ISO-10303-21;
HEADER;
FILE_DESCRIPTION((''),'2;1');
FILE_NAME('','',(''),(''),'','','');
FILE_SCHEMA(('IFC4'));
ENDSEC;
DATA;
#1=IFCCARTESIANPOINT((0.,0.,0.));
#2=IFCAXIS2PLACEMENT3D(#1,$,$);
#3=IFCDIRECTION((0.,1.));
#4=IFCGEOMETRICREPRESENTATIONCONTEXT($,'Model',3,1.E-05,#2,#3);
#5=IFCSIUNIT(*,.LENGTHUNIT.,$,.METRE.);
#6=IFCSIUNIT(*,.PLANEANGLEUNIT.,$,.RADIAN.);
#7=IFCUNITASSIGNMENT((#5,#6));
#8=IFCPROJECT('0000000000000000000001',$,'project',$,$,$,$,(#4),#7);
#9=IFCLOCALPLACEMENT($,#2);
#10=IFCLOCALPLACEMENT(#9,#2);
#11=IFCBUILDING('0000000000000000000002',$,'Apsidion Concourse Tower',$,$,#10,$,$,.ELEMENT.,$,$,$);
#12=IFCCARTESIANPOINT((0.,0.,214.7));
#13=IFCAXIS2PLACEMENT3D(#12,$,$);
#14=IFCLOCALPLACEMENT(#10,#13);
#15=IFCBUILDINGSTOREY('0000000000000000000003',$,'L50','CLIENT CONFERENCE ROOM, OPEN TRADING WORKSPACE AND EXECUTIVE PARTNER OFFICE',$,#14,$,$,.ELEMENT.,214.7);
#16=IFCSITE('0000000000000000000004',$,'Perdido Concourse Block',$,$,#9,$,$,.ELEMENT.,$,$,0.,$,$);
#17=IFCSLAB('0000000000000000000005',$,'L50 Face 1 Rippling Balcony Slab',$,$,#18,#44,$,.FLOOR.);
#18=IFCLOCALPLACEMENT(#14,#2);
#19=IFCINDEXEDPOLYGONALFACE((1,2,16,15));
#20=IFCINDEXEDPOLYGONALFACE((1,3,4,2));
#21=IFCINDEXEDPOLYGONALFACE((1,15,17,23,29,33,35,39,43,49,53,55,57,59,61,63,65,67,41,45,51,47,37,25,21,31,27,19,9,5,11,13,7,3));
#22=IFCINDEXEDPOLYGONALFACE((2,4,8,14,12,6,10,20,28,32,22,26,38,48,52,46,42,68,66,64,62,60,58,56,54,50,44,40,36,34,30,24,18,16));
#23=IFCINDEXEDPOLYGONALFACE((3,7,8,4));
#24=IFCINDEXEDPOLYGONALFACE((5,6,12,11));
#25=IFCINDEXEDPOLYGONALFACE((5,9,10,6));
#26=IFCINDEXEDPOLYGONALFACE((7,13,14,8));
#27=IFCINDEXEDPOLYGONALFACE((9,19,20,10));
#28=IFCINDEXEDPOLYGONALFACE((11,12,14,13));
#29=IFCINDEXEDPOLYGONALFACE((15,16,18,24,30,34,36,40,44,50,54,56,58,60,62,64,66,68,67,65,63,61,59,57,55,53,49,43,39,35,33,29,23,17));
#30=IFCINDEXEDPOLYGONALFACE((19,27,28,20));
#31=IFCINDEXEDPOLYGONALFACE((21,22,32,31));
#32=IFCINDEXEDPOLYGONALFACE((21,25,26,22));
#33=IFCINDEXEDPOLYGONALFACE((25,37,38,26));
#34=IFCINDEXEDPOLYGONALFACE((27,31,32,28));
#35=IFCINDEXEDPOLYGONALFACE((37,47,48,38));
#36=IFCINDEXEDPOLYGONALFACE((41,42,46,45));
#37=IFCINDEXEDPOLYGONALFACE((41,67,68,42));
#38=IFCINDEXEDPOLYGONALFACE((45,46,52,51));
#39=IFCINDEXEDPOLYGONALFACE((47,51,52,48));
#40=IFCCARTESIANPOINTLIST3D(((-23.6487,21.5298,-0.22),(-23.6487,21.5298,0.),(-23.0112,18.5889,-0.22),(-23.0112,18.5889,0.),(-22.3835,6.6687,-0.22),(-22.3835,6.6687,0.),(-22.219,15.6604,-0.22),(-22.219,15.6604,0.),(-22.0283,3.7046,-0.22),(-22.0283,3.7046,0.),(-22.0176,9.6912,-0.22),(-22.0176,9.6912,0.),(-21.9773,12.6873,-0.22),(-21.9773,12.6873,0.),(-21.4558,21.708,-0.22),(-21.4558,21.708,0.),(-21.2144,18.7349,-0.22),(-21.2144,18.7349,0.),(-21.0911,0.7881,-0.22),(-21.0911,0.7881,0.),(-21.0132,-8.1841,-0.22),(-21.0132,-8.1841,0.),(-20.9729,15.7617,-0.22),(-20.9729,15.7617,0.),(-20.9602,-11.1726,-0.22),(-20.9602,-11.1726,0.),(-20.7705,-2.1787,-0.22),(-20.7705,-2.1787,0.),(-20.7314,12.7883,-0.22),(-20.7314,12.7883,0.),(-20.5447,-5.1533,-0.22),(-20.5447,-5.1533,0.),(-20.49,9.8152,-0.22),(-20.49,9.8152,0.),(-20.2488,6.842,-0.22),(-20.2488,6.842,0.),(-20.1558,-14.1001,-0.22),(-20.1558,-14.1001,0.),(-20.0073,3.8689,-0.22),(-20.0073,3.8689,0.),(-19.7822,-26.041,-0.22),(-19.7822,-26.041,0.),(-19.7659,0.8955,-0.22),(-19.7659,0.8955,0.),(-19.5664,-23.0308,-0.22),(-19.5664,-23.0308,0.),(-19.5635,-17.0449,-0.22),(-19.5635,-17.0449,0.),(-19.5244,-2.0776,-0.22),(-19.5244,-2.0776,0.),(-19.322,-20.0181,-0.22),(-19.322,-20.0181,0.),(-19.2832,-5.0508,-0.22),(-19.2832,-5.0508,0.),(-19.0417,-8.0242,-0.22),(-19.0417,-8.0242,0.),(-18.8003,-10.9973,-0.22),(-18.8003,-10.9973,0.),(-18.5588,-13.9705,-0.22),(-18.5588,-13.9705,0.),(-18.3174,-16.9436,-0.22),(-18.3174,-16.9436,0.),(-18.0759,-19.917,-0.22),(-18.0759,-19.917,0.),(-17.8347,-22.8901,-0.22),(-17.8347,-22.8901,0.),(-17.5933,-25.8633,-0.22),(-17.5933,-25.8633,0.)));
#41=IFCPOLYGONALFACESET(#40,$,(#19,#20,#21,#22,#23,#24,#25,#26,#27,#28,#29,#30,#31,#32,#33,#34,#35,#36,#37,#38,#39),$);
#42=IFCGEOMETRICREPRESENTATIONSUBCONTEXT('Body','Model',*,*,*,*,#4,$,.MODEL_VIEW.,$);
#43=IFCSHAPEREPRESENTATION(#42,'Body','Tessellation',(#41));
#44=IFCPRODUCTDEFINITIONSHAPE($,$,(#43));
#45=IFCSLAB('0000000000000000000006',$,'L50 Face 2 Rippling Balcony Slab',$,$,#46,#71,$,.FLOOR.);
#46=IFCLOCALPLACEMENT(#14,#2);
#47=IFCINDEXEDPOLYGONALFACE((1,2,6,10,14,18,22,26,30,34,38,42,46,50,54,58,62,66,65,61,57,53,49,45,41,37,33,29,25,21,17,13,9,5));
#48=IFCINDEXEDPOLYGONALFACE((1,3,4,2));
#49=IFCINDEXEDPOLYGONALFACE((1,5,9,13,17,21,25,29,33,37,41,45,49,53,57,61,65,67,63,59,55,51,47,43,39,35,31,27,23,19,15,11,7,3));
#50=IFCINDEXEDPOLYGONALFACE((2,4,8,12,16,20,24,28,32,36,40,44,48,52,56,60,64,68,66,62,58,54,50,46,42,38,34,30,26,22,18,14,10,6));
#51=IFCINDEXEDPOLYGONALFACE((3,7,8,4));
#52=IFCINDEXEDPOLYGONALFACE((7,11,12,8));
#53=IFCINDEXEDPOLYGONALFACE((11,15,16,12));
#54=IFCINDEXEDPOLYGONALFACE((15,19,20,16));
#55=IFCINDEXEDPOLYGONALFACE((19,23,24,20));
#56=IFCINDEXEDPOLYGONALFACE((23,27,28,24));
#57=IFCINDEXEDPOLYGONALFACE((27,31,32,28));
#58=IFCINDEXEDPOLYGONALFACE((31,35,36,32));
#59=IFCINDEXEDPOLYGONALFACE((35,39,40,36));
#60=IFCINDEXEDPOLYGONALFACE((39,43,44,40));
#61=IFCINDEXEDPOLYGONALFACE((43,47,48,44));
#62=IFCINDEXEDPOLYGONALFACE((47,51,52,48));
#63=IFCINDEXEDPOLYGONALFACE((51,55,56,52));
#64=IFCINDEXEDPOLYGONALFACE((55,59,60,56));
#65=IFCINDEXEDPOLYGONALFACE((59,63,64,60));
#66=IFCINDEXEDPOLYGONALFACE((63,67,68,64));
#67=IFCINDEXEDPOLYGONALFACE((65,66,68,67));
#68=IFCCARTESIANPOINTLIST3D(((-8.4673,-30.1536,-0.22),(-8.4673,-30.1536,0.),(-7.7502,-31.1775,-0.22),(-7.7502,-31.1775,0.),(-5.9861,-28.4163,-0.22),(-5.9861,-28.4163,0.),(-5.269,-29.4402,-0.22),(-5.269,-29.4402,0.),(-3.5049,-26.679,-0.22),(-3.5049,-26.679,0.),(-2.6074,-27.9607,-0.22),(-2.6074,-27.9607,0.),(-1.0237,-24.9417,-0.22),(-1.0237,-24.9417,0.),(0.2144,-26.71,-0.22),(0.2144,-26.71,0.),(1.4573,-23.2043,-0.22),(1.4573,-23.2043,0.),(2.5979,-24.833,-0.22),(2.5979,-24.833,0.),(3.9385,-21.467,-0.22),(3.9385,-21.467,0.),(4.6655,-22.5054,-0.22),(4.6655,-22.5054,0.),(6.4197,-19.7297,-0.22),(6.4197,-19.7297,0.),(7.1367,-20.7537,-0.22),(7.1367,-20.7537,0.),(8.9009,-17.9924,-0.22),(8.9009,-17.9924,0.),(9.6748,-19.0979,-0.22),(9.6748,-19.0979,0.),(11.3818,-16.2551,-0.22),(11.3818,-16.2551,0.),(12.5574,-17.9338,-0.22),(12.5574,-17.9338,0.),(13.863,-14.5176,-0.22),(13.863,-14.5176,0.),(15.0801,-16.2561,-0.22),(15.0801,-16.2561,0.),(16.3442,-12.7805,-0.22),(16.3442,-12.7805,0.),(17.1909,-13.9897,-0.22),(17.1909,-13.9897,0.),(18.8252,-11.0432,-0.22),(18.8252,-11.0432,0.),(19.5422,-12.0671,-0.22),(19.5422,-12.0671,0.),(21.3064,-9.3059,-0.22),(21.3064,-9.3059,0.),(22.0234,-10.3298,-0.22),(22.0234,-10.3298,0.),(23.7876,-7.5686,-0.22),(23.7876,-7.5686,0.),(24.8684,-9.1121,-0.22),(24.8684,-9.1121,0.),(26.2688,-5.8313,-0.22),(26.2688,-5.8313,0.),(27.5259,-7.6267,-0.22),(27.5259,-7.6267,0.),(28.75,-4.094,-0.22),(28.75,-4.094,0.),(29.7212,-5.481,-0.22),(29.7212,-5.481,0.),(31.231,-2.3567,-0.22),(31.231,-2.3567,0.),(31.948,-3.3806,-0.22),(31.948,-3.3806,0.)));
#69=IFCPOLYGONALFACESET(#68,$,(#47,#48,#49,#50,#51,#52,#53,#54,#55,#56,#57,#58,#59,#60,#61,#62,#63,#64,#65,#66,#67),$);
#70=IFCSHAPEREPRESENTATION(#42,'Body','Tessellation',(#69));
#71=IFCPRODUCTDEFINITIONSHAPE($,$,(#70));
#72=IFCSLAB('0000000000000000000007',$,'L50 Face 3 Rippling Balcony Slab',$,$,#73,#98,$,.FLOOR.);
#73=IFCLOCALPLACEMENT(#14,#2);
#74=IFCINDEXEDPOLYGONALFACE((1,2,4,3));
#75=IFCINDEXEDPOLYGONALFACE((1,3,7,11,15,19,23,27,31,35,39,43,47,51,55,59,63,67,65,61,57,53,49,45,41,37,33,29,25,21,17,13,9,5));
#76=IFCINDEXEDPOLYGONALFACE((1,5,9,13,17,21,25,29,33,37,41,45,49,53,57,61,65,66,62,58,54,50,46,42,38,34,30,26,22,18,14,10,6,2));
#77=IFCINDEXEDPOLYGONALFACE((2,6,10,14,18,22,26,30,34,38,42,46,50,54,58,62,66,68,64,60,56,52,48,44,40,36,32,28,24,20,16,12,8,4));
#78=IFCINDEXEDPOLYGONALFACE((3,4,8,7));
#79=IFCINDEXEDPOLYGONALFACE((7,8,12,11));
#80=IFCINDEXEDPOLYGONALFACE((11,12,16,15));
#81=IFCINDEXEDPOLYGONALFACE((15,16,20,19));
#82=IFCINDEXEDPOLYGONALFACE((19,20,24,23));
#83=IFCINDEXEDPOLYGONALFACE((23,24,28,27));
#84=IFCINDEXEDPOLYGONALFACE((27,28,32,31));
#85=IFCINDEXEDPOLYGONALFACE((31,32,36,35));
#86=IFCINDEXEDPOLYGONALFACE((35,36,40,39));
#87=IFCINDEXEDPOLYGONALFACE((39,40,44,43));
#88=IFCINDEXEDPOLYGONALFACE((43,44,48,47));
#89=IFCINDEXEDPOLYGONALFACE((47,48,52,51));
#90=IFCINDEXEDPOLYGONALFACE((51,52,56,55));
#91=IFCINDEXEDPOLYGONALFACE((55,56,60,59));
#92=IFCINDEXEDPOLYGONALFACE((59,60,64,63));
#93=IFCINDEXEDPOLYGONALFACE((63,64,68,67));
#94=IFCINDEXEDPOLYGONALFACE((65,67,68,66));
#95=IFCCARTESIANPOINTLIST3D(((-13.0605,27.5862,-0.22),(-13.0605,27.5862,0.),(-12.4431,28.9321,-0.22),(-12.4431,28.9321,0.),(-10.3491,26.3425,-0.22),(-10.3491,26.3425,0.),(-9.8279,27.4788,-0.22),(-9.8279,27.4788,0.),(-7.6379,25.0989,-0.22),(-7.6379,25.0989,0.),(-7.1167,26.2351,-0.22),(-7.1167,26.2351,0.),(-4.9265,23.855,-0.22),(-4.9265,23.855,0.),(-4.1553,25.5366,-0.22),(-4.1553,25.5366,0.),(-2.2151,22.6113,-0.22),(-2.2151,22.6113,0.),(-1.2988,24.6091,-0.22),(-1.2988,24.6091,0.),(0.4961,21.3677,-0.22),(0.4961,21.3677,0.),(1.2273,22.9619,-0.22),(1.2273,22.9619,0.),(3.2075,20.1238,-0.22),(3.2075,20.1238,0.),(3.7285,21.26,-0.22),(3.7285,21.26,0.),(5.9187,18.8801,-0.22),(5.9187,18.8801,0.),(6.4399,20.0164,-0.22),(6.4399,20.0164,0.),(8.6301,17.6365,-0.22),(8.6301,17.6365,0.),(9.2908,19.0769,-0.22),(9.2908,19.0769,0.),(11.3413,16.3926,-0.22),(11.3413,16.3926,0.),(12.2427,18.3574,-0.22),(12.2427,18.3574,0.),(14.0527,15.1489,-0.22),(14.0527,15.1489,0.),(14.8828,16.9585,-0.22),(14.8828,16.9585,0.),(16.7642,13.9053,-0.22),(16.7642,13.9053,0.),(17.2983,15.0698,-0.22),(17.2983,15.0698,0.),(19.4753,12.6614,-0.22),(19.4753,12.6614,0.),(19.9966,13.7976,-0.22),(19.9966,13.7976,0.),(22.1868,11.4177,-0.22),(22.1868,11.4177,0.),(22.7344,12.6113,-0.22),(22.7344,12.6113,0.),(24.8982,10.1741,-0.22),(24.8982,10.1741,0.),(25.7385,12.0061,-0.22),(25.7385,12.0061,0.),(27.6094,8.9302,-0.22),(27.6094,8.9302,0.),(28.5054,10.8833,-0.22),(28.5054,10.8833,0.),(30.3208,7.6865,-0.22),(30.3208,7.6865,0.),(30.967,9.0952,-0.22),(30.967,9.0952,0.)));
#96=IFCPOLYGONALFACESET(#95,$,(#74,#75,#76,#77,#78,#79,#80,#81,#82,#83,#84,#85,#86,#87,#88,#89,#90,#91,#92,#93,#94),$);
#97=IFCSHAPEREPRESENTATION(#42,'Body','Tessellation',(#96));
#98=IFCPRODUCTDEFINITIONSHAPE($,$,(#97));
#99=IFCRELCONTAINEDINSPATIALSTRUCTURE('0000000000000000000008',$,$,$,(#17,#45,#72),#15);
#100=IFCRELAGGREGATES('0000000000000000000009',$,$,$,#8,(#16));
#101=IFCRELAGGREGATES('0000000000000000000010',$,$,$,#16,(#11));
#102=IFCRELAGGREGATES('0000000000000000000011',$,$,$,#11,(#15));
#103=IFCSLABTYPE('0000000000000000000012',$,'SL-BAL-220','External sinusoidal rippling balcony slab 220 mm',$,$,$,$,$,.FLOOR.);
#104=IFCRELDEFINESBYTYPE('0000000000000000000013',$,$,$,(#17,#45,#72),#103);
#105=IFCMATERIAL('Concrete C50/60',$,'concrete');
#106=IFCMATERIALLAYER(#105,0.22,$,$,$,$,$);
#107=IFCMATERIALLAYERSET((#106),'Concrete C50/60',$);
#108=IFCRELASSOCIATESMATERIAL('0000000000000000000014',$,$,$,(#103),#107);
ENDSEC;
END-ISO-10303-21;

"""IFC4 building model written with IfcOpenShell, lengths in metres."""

from ifc_helpers import new_model, si_unit, direction, frame, origin, place, context, subcontext, project, spatial, polyline, outline, extrude, material, layer, layer_set, type_object, element, save


model = new_model("IFC4")

# Units and contexts
model_context = context("Model", 3, precision=1e-05, world=origin(), true_north=direction((0.0, 1.0)))
body_context = subcontext(model_context, "Body", "Model", "MODEL_VIEW")
ifc_project = project(units=[si_unit("LENGTHUNIT", "METRE"), si_unit("PLANEANGLEUNIT", "RADIAN")], contexts=[model_context])

# Site, building, storey
site_placement = place(None, origin())
site = spatial("IfcSite", under=ifc_project, at=site_placement, Name="Perdido Concourse Block", CompositionType="ELEMENT", RefElevation=0.0)
building_placement = place(site_placement, origin())
building = spatial("IfcBuilding", under=site, at=building_placement, Name="Apsidion Concourse Tower", CompositionType="ELEMENT")
storey_placement = place(building_placement, frame((0.0, 0.0, 214.7)))
storey = spatial("IfcBuildingStorey", under=building, at=storey_placement, Name="L50", Description="CLIENT CONFERENCE ROOM, OPEN TRADING WORKSPACE AND EXECUTIVE PARTNER OFFICE", CompositionType="ELEMENT", Elevation=214.7)

# Shared definitions
ifc_material_1 = material(Name="Concrete C50/60", Category="concrete")

# Slabs
ifc_layer_1 = layer(ifc_material_1, 0.22)
ifc_layer_set_1 = layer_set([ifc_layer_1], Name="Concrete C50/60")
slab_type_1 = type_object("IfcSlabType", Name="SL-BAL-220", Description="External sinusoidal rippling balcony slab 220 mm", PredefinedType="FLOOR", material=ifc_layer_set_1)
slab_1_placement = place(storey_placement, frame((0.0, 0.0, -0.22)))
element("IfcSlab", 1, at=slab_1_placement, inside=storey, type_object=slab_type_1, Name="L50 Face 1 Rippling Balcony Slab", PredefinedType="FLOOR", context=body_context, shape_type="SweptSolid", body=[
    extrude(outline(polyline([(-21.4558, 21.708), (-21.2144, 18.7349), (-20.9729, 15.7617), (-20.7314, 12.7883), (-20.49, 9.8152), (-20.2488, 6.842), (-20.0073, 3.8689), (-19.7659, 0.8955), (-19.5244, -2.0776), (-19.2832, -5.0508), (-19.0417, -8.0242), (-18.8003, -10.9973), (-18.5588, -13.9705), (-18.3174, -16.9436), (-18.0759, -19.917), (-17.8347, -22.8901), (-17.5933, -25.8633), (-19.7822, -26.041), (-19.5664, -23.0308), (-19.322, -20.0181), (-19.5635, -17.0449), (-20.1558, -14.1001), (-20.9602, -11.1726), (-21.0132, -8.1841), (-20.5447, -5.1533), (-20.7705, -2.1787), (-21.0911, 0.7881), (-22.0283, 3.7046), (-22.3835, 6.6687), (-22.0176, 9.6912), (-21.9773, 12.6873), (-22.219, 15.6604), (-23.0112, 18.5889), (-23.6487, 21.5298), (-21.4558, 21.708)])), origin(), (0.0, 0.0, 1.0), 0.22),
])
slab_2_placement = place(storey_placement, frame((0.0, 0.0, -0.22)))
element("IfcSlab", 2, at=slab_2_placement, inside=storey, type_object=slab_type_1, Name="L50 Face 2 Rippling Balcony Slab", PredefinedType="FLOOR", context=body_context, shape_type="SweptSolid", body=[
    extrude(outline(polyline([(-8.4673, -30.1536), (-5.9861, -28.4163), (-3.5049, -26.679), (-1.0237, -24.9417), (1.4573, -23.2043), (3.9385, -21.467), (6.4197, -19.7297), (8.9009, -17.9924), (11.3818, -16.2551), (13.863, -14.5176), (16.3442, -12.7805), (18.8252, -11.0432), (21.3064, -9.3059), (23.7876, -7.5686), (26.2688, -5.8313), (28.75, -4.094), (31.231, -2.3567), (31.948, -3.3806), (29.7212, -5.481), (27.5259, -7.6267), (24.8684, -9.1121), (22.0234, -10.3298), (19.5422, -12.0671), (17.1909, -13.9897), (15.0801, -16.2561), (12.5574, -17.9338), (9.6748, -19.0979), (7.1367, -20.7537), (4.6655, -22.5054), (2.5979, -24.833), (0.2144, -26.71), (-2.6074, -27.9607), (-5.269, -29.4402), (-7.7502, -31.1775), (-8.4673, -30.1536)])), origin(), (0.0, 0.0, 1.0), 0.22),
])
slab_3_placement = place(storey_placement, frame((0.0, 0.0, -0.22)))
element("IfcSlab", 3, at=slab_3_placement, inside=storey, type_object=slab_type_1, Name="L50 Face 3 Rippling Balcony Slab", PredefinedType="FLOOR", context=body_context, shape_type="SweptSolid", body=[
    extrude(outline(polyline([(30.3208, 7.6865), (27.6094, 8.9302), (24.8982, 10.1741), (22.1868, 11.4177), (19.4753, 12.6614), (16.7642, 13.9053), (14.0527, 15.1489), (11.3413, 16.3926), (8.6301, 17.6365), (5.9187, 18.8801), (3.2075, 20.1238), (0.4961, 21.3677), (-2.2151, 22.6113), (-4.9265, 23.855), (-7.6379, 25.0989), (-10.3491, 26.3425), (-13.0605, 27.5862), (-12.4431, 28.9321), (-9.8279, 27.4788), (-7.1167, 26.2351), (-4.1553, 25.5366), (-1.2988, 24.6091), (1.2273, 22.9619), (3.7285, 21.26), (6.4399, 20.0164), (9.2908, 19.0769), (12.2427, 18.3574), (14.8828, 16.9585), (17.2983, 15.0698), (19.9966, 13.7976), (22.7344, 12.6113), (25.7385, 12.0061), (28.5054, 10.8833), (30.967, 9.0952), (30.3208, 7.6865)])), origin(), (0.0, 0.0, 1.0), 0.22),
])

save(model, "model.ifc")
